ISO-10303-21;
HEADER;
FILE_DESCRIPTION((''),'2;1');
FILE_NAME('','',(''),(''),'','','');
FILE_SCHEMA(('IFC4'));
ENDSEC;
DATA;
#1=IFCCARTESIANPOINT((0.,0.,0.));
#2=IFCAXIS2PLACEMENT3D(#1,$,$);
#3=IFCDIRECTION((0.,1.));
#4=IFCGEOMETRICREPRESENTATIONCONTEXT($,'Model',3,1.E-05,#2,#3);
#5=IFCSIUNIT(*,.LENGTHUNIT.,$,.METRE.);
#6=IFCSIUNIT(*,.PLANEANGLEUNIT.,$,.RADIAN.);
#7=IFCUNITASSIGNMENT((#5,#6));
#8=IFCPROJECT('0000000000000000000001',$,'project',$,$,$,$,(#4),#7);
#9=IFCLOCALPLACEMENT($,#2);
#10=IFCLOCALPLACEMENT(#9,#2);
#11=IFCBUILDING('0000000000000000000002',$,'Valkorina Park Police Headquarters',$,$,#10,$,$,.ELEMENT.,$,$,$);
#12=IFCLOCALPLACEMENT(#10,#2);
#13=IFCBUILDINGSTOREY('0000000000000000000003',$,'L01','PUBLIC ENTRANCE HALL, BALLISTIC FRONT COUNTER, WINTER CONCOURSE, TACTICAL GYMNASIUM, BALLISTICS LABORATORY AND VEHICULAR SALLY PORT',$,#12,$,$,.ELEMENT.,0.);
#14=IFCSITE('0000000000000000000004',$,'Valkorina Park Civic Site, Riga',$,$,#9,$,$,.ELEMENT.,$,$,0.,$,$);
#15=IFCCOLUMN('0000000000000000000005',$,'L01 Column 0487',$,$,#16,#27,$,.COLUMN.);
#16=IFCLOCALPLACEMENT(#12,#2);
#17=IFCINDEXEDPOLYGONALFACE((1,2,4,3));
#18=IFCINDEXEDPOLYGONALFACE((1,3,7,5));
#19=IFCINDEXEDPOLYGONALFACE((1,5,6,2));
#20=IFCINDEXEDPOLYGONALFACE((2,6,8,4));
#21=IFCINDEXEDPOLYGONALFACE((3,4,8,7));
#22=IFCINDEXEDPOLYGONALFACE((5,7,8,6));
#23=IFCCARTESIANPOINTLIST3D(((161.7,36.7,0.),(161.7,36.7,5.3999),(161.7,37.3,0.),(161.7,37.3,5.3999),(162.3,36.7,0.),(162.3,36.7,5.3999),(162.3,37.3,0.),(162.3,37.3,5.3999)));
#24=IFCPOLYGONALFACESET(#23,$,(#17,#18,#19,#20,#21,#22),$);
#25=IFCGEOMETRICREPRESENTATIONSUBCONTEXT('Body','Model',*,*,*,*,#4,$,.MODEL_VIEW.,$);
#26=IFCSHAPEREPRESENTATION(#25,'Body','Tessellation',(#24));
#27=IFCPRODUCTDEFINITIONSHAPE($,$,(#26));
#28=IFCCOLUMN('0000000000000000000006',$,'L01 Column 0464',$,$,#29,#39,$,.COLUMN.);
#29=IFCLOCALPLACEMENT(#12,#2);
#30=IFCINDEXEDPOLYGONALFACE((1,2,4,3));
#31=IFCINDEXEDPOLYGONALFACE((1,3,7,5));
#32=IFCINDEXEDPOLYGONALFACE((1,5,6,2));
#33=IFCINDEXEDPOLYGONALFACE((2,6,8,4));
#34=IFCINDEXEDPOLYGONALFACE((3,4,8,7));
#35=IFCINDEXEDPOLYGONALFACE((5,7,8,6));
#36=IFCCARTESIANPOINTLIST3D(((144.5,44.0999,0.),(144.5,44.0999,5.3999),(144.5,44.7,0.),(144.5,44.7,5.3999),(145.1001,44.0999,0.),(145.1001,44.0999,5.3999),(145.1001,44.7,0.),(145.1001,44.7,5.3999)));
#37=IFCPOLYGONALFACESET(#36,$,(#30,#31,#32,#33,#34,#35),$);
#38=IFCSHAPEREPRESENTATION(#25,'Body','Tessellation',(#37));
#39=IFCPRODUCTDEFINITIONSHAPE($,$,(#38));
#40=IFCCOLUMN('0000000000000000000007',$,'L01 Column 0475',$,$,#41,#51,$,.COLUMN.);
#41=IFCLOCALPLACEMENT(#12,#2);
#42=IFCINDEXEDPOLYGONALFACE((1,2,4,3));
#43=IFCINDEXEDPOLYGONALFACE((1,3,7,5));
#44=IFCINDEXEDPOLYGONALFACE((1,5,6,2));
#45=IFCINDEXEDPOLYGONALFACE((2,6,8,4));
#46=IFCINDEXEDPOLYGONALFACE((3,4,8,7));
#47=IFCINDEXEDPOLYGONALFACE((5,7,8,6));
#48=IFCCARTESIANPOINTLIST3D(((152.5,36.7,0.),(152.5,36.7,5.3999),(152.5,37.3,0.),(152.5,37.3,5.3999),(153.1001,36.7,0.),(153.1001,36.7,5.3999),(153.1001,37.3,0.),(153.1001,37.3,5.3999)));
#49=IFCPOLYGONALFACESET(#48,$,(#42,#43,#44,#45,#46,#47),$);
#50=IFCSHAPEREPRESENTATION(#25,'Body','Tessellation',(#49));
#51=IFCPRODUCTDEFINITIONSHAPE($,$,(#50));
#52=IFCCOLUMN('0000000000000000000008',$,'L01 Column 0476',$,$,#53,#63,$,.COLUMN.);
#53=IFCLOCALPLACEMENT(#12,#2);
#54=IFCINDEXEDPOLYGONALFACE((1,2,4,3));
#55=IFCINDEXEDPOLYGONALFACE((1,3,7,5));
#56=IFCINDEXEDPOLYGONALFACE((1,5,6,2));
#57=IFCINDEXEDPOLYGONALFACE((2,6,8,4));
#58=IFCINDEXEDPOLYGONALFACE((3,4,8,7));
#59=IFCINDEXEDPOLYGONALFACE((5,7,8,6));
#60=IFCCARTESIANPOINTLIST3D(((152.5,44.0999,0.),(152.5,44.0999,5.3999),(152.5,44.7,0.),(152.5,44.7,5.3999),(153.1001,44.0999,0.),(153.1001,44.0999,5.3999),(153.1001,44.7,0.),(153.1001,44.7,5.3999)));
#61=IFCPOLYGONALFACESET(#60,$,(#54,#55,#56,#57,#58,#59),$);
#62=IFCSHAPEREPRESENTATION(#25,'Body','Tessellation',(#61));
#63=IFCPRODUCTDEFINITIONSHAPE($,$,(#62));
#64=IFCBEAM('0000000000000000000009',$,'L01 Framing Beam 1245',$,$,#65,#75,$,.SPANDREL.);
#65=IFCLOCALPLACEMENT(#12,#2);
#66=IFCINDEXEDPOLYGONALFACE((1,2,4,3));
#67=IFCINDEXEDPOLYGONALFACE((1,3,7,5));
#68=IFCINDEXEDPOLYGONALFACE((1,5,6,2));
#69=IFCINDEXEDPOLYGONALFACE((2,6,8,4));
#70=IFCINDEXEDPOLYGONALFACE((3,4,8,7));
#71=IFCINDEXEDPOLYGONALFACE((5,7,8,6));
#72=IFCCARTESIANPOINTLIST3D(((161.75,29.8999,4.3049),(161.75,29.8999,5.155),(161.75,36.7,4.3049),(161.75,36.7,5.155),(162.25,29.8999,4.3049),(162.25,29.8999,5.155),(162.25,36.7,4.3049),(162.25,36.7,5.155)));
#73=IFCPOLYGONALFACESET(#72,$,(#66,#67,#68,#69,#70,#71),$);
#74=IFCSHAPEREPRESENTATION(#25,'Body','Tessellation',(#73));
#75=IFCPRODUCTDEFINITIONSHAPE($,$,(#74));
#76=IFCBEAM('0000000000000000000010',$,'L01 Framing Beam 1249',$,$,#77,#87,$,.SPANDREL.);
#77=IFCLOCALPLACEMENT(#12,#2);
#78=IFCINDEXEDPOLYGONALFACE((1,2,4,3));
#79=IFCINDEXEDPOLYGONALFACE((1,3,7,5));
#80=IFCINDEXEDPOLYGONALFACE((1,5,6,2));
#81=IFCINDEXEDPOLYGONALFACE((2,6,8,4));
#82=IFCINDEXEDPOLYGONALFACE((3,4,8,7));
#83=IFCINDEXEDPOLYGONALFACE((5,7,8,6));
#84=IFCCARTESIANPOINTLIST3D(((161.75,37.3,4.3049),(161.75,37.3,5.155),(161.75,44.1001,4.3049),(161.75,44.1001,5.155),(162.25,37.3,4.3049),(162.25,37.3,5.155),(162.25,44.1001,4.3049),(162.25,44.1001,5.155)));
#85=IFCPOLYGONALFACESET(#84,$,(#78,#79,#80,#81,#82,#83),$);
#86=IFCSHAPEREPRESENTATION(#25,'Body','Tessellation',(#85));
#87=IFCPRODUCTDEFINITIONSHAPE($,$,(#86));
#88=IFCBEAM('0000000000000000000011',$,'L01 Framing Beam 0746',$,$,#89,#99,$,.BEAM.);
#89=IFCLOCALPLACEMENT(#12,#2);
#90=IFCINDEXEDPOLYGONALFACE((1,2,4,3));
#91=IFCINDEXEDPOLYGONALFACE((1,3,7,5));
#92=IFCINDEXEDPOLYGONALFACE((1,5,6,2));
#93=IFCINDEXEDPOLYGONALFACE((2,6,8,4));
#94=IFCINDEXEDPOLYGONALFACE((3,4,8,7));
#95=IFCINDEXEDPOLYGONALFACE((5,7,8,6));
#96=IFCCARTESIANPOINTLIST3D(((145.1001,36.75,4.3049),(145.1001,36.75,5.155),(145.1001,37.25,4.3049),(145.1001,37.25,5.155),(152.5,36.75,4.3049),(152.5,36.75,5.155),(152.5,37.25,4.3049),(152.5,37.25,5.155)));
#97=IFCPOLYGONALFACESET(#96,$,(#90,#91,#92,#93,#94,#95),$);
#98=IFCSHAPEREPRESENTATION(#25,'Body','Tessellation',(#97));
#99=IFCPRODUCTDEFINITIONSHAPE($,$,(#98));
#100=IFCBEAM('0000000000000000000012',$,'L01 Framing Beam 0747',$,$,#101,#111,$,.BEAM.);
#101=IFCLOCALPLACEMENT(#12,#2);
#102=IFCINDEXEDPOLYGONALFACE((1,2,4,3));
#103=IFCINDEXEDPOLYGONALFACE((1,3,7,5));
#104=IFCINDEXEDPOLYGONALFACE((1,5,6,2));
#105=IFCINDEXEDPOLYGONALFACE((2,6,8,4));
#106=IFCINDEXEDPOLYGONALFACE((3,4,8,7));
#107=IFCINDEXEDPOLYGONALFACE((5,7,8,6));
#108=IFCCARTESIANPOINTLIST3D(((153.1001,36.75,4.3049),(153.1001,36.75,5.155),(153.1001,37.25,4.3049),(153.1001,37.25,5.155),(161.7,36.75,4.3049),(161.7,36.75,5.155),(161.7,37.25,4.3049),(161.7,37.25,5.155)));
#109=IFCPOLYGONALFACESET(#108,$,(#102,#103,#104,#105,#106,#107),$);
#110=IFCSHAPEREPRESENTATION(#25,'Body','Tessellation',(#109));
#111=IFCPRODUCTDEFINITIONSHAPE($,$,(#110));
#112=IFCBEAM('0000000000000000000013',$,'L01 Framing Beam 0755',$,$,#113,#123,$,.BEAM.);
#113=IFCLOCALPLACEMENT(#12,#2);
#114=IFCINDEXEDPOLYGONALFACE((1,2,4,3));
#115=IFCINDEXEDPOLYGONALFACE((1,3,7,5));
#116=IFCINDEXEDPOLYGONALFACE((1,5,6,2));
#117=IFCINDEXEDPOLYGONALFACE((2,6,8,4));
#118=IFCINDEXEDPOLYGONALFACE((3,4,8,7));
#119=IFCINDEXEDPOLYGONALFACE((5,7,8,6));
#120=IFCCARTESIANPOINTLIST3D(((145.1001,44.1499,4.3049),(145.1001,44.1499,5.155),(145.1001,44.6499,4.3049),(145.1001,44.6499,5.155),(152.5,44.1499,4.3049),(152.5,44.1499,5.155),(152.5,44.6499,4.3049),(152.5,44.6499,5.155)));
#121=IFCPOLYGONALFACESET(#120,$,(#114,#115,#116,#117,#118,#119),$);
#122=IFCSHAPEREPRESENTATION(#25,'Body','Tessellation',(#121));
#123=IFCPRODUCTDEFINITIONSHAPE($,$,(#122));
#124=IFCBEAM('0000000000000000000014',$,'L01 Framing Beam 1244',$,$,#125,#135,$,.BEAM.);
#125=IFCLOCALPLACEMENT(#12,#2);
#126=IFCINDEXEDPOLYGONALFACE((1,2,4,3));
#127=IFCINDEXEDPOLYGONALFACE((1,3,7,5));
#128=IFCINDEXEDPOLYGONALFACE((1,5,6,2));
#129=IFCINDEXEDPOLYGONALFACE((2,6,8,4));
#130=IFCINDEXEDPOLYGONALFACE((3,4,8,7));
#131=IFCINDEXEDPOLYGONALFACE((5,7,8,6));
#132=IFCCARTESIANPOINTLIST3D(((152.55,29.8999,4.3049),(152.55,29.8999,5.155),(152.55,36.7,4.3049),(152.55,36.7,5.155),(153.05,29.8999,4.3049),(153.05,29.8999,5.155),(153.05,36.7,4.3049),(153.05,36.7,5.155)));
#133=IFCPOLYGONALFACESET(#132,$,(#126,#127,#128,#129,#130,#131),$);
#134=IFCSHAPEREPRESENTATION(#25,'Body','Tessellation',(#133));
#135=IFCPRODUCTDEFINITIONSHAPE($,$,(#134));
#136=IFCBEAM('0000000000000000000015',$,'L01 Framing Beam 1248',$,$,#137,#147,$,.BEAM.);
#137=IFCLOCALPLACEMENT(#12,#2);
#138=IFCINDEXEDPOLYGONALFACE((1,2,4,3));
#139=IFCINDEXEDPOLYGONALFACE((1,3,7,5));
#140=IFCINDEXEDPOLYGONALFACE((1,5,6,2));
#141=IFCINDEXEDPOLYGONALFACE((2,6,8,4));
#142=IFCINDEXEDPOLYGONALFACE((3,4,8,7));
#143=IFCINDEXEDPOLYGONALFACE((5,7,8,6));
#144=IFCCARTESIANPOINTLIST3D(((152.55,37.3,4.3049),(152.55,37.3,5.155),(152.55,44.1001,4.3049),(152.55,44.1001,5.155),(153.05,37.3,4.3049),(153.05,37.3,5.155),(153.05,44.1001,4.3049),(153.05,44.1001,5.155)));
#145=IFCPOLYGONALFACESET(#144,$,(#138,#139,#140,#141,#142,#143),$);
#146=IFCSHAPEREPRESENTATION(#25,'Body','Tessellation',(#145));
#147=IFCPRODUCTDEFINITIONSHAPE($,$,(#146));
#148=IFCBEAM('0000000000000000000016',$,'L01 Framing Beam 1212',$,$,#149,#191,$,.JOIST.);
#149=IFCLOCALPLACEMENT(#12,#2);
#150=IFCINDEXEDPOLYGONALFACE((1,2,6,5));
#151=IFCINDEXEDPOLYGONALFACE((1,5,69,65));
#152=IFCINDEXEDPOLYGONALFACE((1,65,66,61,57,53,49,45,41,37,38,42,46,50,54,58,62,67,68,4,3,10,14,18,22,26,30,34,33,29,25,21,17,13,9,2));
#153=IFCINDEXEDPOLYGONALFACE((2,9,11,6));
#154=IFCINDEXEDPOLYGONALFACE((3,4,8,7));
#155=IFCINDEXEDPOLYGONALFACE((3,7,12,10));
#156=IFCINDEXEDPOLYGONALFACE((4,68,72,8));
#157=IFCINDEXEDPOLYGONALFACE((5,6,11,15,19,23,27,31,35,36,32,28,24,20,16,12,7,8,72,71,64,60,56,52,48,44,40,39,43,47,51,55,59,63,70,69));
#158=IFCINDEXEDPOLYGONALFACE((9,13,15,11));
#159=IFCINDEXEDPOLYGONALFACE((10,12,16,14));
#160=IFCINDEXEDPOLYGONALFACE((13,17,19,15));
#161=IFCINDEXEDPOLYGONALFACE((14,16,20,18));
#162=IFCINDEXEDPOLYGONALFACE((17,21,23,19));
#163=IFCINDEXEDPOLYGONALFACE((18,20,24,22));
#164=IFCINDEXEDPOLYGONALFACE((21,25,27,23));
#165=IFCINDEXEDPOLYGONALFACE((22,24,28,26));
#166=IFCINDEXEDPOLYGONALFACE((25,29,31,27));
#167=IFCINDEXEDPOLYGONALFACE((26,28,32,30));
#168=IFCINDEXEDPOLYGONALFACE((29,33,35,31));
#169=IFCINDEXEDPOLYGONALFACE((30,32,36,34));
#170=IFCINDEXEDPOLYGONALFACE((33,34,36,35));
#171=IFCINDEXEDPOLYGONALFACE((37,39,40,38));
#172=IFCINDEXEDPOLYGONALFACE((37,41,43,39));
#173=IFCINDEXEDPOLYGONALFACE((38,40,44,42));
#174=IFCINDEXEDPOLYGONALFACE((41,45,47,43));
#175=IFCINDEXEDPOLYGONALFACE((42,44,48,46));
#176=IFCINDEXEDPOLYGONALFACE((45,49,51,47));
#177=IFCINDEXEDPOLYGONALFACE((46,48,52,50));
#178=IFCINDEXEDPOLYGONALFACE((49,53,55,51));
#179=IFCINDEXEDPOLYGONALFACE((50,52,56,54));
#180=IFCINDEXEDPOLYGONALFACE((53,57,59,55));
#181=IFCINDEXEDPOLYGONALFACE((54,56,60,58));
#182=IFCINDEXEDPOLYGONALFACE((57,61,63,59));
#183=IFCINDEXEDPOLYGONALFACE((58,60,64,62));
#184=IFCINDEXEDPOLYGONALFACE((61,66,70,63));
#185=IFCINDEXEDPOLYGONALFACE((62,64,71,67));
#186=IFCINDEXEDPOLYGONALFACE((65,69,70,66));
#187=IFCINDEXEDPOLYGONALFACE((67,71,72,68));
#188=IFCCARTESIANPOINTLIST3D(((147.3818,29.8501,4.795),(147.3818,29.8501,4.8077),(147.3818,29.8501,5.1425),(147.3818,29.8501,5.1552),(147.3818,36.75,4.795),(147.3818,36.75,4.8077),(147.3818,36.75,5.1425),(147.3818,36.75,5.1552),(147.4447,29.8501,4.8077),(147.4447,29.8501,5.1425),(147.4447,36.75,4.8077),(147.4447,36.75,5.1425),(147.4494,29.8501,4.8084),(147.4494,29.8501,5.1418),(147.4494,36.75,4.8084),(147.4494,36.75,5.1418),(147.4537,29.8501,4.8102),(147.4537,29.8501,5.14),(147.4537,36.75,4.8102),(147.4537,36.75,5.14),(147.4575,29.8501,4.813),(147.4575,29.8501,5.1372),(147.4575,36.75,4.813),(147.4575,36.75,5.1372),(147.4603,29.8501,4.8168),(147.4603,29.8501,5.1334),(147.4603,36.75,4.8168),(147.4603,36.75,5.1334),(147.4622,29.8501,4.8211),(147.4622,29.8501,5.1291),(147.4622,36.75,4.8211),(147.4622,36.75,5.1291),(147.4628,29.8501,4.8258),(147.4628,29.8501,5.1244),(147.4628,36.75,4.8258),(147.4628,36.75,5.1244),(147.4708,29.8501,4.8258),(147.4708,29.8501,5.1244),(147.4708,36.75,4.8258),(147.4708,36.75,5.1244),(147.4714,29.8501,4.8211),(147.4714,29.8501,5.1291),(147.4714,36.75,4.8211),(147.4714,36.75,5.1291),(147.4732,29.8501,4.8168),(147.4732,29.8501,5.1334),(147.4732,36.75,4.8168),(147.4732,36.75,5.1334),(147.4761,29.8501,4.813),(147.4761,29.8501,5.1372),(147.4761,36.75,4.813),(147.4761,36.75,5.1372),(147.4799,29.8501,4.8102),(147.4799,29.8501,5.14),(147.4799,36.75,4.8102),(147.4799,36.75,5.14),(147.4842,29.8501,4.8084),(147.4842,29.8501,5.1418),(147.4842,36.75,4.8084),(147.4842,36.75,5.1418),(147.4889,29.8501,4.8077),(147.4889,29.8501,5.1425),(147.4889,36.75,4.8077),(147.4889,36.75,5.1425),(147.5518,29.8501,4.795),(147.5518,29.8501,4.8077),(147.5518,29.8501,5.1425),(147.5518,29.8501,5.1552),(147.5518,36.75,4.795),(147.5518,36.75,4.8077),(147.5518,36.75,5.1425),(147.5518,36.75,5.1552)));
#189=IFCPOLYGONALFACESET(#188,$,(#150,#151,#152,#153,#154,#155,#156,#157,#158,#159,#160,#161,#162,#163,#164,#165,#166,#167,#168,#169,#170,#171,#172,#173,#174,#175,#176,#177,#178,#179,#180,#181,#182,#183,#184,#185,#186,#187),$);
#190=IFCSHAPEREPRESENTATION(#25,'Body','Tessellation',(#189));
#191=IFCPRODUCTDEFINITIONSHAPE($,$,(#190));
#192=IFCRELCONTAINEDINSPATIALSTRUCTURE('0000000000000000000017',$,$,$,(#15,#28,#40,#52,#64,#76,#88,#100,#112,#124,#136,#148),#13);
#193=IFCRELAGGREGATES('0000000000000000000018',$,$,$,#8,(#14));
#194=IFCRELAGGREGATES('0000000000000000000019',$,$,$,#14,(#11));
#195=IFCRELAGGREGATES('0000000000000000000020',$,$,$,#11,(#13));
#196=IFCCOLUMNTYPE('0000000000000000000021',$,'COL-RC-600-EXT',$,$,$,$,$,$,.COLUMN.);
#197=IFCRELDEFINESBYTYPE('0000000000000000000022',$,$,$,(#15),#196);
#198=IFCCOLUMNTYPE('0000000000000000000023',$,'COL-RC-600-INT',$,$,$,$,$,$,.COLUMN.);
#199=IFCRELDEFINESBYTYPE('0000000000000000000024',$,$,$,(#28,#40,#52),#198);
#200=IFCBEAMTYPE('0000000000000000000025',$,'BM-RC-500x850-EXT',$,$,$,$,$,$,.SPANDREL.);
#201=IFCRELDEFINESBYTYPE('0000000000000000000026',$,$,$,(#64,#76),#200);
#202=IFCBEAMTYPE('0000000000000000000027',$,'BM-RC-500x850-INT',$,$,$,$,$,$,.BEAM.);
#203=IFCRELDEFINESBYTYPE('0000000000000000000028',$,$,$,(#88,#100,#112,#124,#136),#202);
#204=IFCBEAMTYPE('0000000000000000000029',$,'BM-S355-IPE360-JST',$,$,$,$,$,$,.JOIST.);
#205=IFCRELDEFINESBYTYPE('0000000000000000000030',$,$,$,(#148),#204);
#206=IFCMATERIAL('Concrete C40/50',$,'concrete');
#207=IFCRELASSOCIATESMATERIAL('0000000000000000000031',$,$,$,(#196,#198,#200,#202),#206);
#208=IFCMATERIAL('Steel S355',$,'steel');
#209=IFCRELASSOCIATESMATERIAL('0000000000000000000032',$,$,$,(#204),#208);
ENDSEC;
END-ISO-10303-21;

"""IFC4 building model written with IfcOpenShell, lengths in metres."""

from ifc_helpers import new_model, si_unit, direction, frame, origin, origin_2d, place, context, subcontext, project, spatial, rectangle, i_section, extrude, material, material_profile, profile_set, type_object, element, save


model = new_model("IFC4")

# Units and contexts
model_context = context("Model", 3, precision=1e-05, world=origin(), true_north=direction((0.0, 1.0)))
body_context = subcontext(model_context, "Body", "Model", "MODEL_VIEW")
ifc_project = project(units=[si_unit("LENGTHUNIT", "METRE"), si_unit("PLANEANGLEUNIT", "RADIAN")], contexts=[model_context])

# Site, building, storey
site_placement = place(None, origin())
site = spatial("IfcSite", under=ifc_project, at=site_placement, Name="Valkorina Park Civic Site, Riga", CompositionType="ELEMENT", RefElevation=0.0)
building_placement = place(site_placement, origin())
building = spatial("IfcBuilding", under=site, at=building_placement, Name="Valkorina Park Police Headquarters", CompositionType="ELEMENT")
storey_placement = place(building_placement, origin())
storey = spatial("IfcBuildingStorey", under=building, at=storey_placement, Name="L01", Description="PUBLIC ENTRANCE HALL, BALLISTIC FRONT COUNTER, WINTER CONCOURSE, TACTICAL GYMNASIUM, BALLISTICS LABORATORY AND VEHICULAR SALLY PORT", CompositionType="ELEMENT", Elevation=0.0)

# Columns
ifc_material_1 = material(Name="Concrete C40/50", Category="concrete")
ifc_material_profile_1 = material_profile(ifc_material_1, rectangle(XDim=0.6001, YDim=0.6001, at=origin_2d()), Name="RC COL 600x600")
ifc_profile_set_1 = profile_set([ifc_material_profile_1], Name="Concrete C40/50")
column_type_1 = type_object("IfcColumnType", Name="COL-RC-600-EXT", PredefinedType="COLUMN", material=ifc_profile_set_1)
column_placement = place(storey_placement, frame((162.0, 37.0, 0.0), z_axis=(0.0, 0.0, 1.0), x_axis=(1.0, 0.0, 0.0)))
element("IfcColumn", 1, at=column_placement, inside=storey, type_object=column_type_1, Name="L01 Column 0487", PredefinedType="COLUMN", context=body_context, shape_type="SweptSolid", body=[
    extrude(rectangle(XDim=0.6001, YDim=0.6001, at=origin_2d()), origin(), (0.0, 0.0, 1.0), 5.3999),
])
ifc_material_profile_2 = material_profile(ifc_material_1, rectangle(XDim=0.6001, YDim=0.6001, at=origin_2d()), Name="RC COL 600x600")
ifc_profile_set_2 = profile_set([ifc_material_profile_2], Name="Concrete C40/50")
column_type_2 = type_object("IfcColumnType", Name="COL-RC-600-INT", PredefinedType="COLUMN", material=ifc_profile_set_2)
for number, where, z_axis, x_axis, name in (
    (2, (144.8, 44.3999, 0.0), (0.0, 0.0, 1.0), (1.0, 0.0, 0.0), "L01 Column 0464"),
    (3, (152.8, 37.0, 0.0), (0.0, 0.0, 1.0), (1.0, 0.0, 0.0), "L01 Column 0475"),
    (4, (152.8, 44.3999, 0.0), (0.0, 0.0, 1.0), (1.0, 0.0, 0.0), "L01 Column 0476"),
):
    element("IfcColumn", number, at=place(storey_placement, frame(where, z_axis=z_axis, x_axis=x_axis)), inside=storey, type_object=column_type_2, Name=name, PredefinedType="COLUMN", context=body_context, shape_type="SweptSolid", body=[
        extrude(rectangle(XDim=0.6001, YDim=0.6001, at=origin_2d()), origin(), (0.0, 0.0, 1.0), 5.3999),
    ])

# Beams
ifc_material_profile_3 = material_profile(ifc_material_1, rectangle(XDim=0.5, YDim=0.8501, at=origin_2d()), Name="RC BEAM 500x850")
ifc_profile_set_3 = profile_set([ifc_material_profile_3], Name="Concrete C40/50")
beam_type_1 = type_object("IfcBeamType", Name="BM-RC-500x850-EXT", PredefinedType="SPANDREL", material=ifc_profile_set_3)
for number, where, z_axis, x_axis, name in (
    (5, (162.0, 29.8999, 4.73), (0.0, 1.0, 0.0), (-1.0, 0.0, 0.0), "L01 Framing Beam 1245"),
    (6, (162.0, 37.3, 4.73), (0.0, 1.0, 0.0), (-1.0, 0.0, 0.0), "L01 Framing Beam 1249"),
):
    element("IfcBeam", number, at=place(storey_placement, frame(where, z_axis=z_axis, x_axis=x_axis)), inside=storey, type_object=beam_type_1, Name=name, PredefinedType="SPANDREL", context=body_context, shape_type="SweptSolid", body=[
        extrude(rectangle(XDim=0.5, YDim=0.8501, at=origin_2d()), origin(), (0.0, 0.0, 1.0), 6.8),
    ])
ifc_material_profile_4 = material_profile(ifc_material_1, rectangle(XDim=0.5, YDim=0.8501, at=origin_2d()), Name="RC BEAM 500x850")
ifc_profile_set_4 = profile_set([ifc_material_profile_4], Name="Concrete C40/50")
beam_type_2 = type_object("IfcBeamType", Name="BM-RC-500x850-INT", PredefinedType="BEAM", material=ifc_profile_set_4)
beam_1_placement = place(storey_placement, frame((145.1001, 37.0, 4.73), z_axis=(1.0, 0.0, 0.0), x_axis=(0.0, 1.0, 0.0)))
element("IfcBeam", 7, at=beam_1_placement, inside=storey, type_object=beam_type_2, Name="L01 Framing Beam 0746", PredefinedType="BEAM", context=body_context, shape_type="SweptSolid", body=[
    extrude(rectangle(XDim=0.5, YDim=0.8501, at=origin_2d()), origin(), (0.0, 0.0, 1.0), 7.3999),
])
beam_2_placement = place(storey_placement, frame((153.1001, 37.0, 4.73), z_axis=(1.0, 0.0, 0.0), x_axis=(0.0, 1.0, 0.0)))
element("IfcBeam", 8, at=beam_2_placement, inside=storey, type_object=beam_type_2, Name="L01 Framing Beam 0747", PredefinedType="BEAM", context=body_context, shape_type="SweptSolid", body=[
    extrude(rectangle(XDim=0.5, YDim=0.8501, at=origin_2d()), origin(), (0.0, 0.0, 1.0), 8.5999),
])
beam_3_placement = place(storey_placement, frame((145.1001, 44.3999, 4.73), z_axis=(1.0, 0.0, 0.0), x_axis=(0.0, 1.0, 0.0)))
element("IfcBeam", 9, at=beam_3_placement, inside=storey, type_object=beam_type_2, Name="L01 Framing Beam 0755", PredefinedType="BEAM", context=body_context, shape_type="SweptSolid", body=[
    extrude(rectangle(XDim=0.5, YDim=0.8501, at=origin_2d()), origin(), (0.0, 0.0, 1.0), 7.3999),
])
for number, where, z_axis, x_axis, name in (
    (10, (152.8, 29.8999, 4.73), (0.0, 1.0, 0.0), (-1.0, 0.0, 0.0), "L01 Framing Beam 1244"),
    (11, (152.8, 37.3, 4.73), (0.0, 1.0, 0.0), (-1.0, 0.0, 0.0), "L01 Framing Beam 1248"),
):
    element("IfcBeam", number, at=place(storey_placement, frame(where, z_axis=z_axis, x_axis=x_axis)), inside=storey, type_object=beam_type_2, Name=name, PredefinedType="BEAM", context=body_context, shape_type="SweptSolid", body=[
        extrude(rectangle(XDim=0.5, YDim=0.8501, at=origin_2d()), origin(), (0.0, 0.0, 1.0), 6.8),
    ])
ifc_material_2 = material(Name="Steel S355", Category="steel")
ifc_material_profile_5 = material_profile(ifc_material_2, i_section(OverallWidth=0.1699, OverallDepth=0.3601, WebThickness=0.0081, FlangeThickness=0.0127, FilletRadius=0.0181, at=origin_2d()), Name="IPE 360")
ifc_profile_set_5 = profile_set([ifc_material_profile_5], Name="Steel S355")
beam_type_3 = type_object("IfcBeamType", Name="BM-S355-IPE360-JST", PredefinedType="JOIST", material=ifc_profile_set_5)
for number, where, z_axis, x_axis, name in (
    (12, (147.4668, 29.8501, 4.9751), (0.0, 1.0, 0.0), (-1.0, 0.0, 0.0), "L01 Framing Beam 1212"),
):
    element("IfcBeam", number, at=place(storey_placement, frame(where, z_axis=z_axis, x_axis=x_axis)), inside=storey, type_object=beam_type_3, Name=name, PredefinedType="JOIST", context=body_context, shape_type="SweptSolid", body=[
        extrude(i_section(OverallWidth=0.1699, OverallDepth=0.3601, WebThickness=0.0081, FlangeThickness=0.0127, FilletRadius=0.0181, at=origin_2d()), origin(), (0.0, 0.0, 1.0), 6.8999),
    ])

save(model, "model.ifc")
